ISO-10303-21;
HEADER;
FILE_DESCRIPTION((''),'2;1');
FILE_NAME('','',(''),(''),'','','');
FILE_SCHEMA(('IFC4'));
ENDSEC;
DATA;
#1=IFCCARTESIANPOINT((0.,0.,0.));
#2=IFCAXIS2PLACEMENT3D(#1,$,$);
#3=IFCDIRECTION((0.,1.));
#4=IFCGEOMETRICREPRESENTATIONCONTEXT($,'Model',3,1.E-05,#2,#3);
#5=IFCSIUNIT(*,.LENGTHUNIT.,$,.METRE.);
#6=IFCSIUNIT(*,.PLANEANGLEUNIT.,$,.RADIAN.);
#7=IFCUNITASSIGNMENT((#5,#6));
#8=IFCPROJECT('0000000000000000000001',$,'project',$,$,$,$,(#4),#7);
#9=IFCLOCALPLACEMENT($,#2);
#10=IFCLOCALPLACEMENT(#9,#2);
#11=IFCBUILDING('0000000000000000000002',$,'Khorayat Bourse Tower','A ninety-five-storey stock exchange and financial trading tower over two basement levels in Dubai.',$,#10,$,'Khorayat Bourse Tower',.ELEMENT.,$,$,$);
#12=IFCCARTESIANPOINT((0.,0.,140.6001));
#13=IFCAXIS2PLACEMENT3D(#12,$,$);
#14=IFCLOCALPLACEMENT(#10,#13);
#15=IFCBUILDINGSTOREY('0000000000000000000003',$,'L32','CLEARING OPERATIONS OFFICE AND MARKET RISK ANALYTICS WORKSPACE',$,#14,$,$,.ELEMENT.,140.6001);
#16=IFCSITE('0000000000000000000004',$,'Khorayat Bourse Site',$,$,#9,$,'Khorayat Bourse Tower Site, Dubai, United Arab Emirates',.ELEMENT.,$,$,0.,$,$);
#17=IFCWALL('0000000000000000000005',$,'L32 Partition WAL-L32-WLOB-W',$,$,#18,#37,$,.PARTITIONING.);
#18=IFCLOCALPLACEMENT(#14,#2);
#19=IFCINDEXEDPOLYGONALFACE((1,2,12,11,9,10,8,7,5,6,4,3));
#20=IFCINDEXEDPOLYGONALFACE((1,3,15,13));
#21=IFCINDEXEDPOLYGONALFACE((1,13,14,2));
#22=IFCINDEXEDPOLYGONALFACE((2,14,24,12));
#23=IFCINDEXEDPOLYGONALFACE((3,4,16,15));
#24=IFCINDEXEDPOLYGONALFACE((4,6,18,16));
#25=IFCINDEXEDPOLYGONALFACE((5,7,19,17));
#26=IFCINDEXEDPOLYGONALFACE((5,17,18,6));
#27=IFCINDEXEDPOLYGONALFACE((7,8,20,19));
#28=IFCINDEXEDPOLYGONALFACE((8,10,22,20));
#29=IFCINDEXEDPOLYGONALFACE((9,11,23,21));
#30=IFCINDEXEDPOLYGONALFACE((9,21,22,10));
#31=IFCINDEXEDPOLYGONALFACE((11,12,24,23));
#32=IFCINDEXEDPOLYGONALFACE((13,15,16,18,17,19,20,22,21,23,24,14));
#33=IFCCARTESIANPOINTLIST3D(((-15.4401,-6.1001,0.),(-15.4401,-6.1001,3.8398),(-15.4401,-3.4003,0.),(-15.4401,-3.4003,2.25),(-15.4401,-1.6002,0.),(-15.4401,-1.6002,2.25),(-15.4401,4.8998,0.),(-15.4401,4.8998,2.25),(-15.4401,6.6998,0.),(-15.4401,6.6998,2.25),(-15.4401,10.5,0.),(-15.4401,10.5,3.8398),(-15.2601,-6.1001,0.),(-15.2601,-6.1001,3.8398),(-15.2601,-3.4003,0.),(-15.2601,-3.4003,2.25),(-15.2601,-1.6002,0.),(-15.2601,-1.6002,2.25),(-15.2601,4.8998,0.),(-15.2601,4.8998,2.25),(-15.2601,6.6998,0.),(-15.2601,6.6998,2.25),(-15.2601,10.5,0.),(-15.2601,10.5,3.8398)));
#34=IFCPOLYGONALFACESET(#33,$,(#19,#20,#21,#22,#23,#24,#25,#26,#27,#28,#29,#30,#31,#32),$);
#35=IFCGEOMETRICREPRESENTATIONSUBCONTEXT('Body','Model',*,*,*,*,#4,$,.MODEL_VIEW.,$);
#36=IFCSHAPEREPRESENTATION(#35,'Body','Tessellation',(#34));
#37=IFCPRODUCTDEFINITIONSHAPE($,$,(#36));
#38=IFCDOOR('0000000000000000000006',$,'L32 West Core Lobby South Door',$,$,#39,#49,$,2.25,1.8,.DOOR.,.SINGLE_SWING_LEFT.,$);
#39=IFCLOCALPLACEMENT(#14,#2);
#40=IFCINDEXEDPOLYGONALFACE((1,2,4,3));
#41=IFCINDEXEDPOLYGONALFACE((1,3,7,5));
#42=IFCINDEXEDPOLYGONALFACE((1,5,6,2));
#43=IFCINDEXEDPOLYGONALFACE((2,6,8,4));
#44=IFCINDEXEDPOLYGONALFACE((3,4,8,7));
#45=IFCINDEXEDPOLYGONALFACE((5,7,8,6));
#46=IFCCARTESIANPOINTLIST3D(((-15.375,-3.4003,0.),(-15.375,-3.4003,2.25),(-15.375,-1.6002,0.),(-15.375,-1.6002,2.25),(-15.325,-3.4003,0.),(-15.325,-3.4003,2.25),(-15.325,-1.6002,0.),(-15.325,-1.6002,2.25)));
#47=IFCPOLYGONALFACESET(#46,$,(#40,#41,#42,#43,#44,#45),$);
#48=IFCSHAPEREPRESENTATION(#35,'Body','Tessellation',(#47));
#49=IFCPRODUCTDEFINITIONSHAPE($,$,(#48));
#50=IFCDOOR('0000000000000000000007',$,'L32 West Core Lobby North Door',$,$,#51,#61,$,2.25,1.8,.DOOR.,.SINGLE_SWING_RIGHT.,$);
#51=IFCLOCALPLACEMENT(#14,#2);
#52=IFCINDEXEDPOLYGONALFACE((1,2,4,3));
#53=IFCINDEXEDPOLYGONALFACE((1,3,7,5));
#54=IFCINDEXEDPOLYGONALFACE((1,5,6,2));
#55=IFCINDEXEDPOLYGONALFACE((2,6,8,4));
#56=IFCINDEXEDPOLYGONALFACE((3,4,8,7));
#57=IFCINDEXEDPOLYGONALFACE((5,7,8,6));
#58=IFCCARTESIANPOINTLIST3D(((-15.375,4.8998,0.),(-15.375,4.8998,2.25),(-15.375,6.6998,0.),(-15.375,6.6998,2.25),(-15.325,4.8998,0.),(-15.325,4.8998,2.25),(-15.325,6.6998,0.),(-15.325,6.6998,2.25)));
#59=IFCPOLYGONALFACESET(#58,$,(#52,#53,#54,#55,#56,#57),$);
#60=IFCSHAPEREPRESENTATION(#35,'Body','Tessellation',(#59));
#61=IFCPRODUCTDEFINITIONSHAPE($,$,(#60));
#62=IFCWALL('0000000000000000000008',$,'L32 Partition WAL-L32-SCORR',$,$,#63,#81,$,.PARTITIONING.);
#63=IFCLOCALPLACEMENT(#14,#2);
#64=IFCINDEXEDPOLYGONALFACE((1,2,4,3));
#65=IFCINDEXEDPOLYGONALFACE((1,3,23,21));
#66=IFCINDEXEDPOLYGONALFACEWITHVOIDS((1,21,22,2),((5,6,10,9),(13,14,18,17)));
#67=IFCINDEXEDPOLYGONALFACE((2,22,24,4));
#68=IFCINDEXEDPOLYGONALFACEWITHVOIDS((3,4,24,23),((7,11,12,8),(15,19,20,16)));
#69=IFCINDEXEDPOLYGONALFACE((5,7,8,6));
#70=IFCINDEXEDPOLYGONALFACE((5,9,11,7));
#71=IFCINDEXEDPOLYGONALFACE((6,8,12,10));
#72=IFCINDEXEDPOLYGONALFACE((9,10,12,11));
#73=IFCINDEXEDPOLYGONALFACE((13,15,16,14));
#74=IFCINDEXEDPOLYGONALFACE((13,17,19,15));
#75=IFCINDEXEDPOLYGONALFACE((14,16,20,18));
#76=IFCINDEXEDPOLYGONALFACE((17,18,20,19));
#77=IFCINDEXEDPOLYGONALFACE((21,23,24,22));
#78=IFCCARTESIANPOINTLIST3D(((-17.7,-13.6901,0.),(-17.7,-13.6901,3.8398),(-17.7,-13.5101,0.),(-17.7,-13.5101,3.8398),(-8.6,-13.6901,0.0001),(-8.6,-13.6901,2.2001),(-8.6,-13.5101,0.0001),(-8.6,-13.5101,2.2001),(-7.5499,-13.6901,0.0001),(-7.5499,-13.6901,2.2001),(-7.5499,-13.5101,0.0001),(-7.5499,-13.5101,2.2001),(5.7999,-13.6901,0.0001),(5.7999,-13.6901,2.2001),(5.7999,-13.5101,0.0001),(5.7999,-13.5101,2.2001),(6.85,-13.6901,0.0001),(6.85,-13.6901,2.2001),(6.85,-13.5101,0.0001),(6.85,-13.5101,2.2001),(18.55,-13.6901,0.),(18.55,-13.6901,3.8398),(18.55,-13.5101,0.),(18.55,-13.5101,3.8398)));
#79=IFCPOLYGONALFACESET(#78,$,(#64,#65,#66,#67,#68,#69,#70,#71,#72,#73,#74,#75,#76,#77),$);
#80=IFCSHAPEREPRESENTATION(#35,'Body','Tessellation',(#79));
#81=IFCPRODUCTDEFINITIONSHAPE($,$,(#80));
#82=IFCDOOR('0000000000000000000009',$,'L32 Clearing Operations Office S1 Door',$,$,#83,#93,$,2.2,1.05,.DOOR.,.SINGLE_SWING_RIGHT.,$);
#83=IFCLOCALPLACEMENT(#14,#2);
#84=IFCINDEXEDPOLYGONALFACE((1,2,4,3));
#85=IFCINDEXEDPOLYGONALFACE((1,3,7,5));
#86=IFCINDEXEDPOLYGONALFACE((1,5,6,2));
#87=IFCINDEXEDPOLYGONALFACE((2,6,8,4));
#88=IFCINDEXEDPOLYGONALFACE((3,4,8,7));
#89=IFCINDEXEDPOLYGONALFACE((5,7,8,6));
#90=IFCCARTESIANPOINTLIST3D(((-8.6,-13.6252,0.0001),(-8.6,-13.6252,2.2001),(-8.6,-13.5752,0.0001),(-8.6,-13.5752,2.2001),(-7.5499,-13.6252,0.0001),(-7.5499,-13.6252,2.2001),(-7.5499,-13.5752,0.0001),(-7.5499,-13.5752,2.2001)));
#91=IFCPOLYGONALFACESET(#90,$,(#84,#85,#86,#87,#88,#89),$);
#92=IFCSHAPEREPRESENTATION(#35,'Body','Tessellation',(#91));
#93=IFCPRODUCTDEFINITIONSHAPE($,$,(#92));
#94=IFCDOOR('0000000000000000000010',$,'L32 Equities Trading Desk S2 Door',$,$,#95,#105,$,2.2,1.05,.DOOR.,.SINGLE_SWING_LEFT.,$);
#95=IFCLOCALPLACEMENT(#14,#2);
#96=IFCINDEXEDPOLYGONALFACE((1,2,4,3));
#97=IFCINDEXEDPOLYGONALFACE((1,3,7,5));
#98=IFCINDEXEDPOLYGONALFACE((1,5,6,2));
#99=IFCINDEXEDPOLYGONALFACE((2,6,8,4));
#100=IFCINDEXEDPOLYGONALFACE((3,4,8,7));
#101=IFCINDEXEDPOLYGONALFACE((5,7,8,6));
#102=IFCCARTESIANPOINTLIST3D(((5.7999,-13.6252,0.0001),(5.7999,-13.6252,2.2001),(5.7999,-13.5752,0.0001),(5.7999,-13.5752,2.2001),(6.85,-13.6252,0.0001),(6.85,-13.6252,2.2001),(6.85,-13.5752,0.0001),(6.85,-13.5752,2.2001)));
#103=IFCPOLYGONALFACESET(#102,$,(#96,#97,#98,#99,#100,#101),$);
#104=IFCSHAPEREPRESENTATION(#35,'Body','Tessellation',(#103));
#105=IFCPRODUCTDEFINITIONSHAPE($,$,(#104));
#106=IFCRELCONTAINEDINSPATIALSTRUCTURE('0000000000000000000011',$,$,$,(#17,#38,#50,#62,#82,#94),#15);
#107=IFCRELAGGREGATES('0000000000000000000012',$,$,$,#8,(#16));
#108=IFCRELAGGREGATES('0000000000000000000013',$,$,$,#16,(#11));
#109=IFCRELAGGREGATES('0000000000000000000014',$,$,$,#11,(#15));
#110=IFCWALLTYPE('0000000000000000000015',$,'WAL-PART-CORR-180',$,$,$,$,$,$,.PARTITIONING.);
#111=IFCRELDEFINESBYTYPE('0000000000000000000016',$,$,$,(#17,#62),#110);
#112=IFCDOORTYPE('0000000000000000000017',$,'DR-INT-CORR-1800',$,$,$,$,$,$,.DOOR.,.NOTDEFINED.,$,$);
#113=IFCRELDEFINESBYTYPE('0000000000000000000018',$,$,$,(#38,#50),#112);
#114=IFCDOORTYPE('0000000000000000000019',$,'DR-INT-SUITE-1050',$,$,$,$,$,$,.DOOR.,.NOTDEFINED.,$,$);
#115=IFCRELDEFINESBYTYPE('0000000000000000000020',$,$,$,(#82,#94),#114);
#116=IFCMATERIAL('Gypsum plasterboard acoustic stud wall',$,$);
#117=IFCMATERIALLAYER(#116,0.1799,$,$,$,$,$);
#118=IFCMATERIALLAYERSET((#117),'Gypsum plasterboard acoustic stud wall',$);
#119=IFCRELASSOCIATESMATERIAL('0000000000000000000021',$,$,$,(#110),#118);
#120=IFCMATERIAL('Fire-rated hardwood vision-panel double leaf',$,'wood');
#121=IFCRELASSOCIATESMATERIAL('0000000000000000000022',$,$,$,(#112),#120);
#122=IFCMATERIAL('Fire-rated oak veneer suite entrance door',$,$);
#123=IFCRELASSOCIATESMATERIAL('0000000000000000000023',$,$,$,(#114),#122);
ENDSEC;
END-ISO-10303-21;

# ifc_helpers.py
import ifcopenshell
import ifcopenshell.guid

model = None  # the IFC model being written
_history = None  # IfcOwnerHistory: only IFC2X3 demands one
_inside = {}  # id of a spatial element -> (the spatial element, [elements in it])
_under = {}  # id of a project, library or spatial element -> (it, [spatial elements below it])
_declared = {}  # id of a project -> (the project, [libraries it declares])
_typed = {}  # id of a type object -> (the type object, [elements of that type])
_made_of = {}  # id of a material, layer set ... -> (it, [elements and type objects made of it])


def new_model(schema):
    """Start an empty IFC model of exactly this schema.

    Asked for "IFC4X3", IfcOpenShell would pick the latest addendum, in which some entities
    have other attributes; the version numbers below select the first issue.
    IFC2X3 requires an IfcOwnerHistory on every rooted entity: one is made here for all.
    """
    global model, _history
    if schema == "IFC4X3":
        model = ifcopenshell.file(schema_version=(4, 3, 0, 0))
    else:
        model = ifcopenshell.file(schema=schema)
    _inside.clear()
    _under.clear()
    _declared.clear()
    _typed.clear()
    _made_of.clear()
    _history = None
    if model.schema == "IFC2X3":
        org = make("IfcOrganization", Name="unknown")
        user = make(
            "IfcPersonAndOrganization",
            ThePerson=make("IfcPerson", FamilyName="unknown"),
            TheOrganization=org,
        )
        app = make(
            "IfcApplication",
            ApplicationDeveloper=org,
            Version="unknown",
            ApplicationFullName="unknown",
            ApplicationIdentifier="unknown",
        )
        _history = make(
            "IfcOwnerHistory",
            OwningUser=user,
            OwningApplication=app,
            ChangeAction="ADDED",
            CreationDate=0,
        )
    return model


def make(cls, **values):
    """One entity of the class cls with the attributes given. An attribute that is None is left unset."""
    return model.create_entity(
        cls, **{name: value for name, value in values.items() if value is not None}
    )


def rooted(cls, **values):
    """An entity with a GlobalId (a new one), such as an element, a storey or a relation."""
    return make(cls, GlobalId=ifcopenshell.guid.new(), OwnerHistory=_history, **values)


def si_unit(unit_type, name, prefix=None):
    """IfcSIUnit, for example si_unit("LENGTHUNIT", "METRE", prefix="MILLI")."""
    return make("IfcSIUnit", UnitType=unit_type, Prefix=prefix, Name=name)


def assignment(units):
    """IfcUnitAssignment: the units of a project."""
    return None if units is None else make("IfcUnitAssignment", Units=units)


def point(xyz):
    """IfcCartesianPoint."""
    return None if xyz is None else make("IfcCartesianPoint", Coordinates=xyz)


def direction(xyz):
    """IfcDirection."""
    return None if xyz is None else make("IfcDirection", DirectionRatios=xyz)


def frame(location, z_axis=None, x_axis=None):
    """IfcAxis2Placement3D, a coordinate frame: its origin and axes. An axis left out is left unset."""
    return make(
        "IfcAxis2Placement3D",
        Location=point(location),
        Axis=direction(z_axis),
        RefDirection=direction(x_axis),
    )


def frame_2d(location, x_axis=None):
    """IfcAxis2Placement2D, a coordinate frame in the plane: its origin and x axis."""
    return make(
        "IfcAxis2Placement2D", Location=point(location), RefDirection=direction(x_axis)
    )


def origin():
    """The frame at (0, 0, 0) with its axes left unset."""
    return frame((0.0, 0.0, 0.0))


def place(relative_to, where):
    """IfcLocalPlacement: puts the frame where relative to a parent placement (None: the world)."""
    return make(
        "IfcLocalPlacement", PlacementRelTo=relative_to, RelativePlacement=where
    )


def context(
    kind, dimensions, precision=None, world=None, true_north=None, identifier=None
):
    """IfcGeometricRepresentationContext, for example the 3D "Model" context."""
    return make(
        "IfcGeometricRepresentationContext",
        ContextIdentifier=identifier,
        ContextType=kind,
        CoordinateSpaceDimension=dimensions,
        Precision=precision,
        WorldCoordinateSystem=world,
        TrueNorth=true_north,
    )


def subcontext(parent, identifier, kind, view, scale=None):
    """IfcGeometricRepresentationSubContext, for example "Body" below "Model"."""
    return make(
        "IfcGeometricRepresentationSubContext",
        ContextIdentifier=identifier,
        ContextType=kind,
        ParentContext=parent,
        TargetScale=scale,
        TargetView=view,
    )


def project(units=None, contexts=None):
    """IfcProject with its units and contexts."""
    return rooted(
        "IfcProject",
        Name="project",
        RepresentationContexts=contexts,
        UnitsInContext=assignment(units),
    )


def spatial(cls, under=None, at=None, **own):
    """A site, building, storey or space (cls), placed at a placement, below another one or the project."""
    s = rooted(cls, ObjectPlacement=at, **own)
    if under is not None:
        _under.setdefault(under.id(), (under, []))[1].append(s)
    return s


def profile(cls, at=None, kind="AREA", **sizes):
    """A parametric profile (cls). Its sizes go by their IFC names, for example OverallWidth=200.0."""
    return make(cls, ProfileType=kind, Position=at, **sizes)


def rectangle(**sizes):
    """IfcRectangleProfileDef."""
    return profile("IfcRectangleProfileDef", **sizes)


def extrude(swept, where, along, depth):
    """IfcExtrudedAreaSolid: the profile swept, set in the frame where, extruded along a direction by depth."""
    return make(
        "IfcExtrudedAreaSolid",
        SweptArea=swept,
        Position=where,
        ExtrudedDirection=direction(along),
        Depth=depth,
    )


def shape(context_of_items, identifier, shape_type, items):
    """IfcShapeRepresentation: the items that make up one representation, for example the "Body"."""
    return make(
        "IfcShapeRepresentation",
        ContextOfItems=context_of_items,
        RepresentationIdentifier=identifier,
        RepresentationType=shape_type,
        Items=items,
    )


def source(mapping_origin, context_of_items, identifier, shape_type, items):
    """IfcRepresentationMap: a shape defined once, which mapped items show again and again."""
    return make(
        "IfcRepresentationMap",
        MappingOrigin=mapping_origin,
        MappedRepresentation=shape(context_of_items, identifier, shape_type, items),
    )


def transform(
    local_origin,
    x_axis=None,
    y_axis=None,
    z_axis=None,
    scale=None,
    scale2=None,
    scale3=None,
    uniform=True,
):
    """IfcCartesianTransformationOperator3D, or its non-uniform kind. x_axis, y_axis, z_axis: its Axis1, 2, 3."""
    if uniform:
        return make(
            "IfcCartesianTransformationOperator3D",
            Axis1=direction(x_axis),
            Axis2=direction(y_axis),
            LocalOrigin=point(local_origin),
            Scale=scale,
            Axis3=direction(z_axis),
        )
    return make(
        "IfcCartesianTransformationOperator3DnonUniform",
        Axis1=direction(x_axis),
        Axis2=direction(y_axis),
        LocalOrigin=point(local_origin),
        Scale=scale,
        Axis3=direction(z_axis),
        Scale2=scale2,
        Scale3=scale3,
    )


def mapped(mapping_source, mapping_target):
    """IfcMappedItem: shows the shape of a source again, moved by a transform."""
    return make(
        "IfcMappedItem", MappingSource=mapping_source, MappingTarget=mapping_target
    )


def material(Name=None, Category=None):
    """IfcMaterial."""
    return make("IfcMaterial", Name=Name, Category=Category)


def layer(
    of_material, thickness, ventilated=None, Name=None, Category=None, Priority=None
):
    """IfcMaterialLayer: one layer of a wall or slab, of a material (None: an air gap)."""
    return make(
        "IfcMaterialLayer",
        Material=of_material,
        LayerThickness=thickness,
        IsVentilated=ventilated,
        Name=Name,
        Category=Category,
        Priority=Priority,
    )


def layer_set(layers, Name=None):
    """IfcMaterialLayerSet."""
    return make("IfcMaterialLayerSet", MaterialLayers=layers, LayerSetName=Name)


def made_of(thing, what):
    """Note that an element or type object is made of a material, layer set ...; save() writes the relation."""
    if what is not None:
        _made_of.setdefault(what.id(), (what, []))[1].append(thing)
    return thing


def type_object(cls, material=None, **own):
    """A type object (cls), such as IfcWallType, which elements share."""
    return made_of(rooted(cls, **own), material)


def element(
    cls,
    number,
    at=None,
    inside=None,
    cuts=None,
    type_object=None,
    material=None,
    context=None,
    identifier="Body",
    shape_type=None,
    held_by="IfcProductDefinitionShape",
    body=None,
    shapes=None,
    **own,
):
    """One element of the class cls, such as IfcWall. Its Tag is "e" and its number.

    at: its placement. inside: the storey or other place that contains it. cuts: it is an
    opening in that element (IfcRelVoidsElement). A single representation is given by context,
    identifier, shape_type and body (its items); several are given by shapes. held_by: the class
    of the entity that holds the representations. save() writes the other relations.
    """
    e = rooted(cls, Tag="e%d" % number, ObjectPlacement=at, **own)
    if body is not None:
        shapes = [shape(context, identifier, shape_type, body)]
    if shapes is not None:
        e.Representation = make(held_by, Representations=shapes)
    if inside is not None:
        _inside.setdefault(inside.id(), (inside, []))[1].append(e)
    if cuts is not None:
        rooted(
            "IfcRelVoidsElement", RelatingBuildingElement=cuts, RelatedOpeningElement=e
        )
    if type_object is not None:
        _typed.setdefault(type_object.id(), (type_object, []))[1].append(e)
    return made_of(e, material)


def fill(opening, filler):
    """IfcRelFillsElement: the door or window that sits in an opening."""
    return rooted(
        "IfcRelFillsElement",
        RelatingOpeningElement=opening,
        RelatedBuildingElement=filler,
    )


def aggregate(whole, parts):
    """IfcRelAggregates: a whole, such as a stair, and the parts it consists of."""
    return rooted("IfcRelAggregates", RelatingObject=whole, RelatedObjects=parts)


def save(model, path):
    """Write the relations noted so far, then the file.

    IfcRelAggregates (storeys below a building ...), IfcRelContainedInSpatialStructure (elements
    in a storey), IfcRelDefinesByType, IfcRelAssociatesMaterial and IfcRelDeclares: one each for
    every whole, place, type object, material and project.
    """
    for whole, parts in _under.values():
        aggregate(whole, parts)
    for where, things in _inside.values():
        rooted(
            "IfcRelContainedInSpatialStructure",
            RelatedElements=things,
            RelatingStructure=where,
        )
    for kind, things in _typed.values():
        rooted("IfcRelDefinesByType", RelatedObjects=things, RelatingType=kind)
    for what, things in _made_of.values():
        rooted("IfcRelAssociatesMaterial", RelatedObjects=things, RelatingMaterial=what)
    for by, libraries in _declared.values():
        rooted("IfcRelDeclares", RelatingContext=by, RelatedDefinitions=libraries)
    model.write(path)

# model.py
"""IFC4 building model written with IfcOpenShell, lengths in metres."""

from ifc_helpers import new_model, si_unit, direction, frame, frame_2d, origin, place, context, subcontext, project, spatial, rectangle, extrude, source, transform, mapped, material, layer, layer_set, type_object, element, fill, save


model = new_model("IFC4")

# Units and contexts
model_context = context("Model", 3, precision=1e-05, world=origin(), true_north=direction((0.0, 1.0)))
body_context = subcontext(model_context, "Body", "Model", "MODEL_VIEW")
ifc_project = project(units=[si_unit("LENGTHUNIT", "METRE"), si_unit("PLANEANGLEUNIT", "RADIAN")], contexts=[model_context])

# Site, building, storey
site_placement = place(None, origin())
site = spatial("IfcSite", under=ifc_project, at=site_placement, Name="Khorayat Bourse Site", LongName="Khorayat Bourse Tower Site, Dubai, United Arab Emirates", CompositionType="ELEMENT", RefElevation=0.0)
building_placement = place(site_placement, origin())
building = spatial("IfcBuilding", under=site, at=building_placement, Name="Khorayat Bourse Tower", Description="A ninety-five-storey stock exchange and financial trading tower over two basement levels in Dubai.", LongName="Khorayat Bourse Tower", CompositionType="ELEMENT")
storey_placement = place(building_placement, frame((0.0, 0.0, 140.6001)))
storey = spatial("IfcBuildingStorey", under=building, at=storey_placement, Name="L32", Description="CLEARING OPERATIONS OFFICE AND MARKET RISK ANALYTICS WORKSPACE", CompositionType="ELEMENT", Elevation=140.6001)

# Walls, openings, doors
ifc_material_1 = material(Name="Gypsum plasterboard acoustic stud wall")
ifc_layer_1 = layer(ifc_material_1, 0.1799)
ifc_layer_set_1 = layer_set([ifc_layer_1], Name="Gypsum plasterboard acoustic stud wall")
wall_type_1 = type_object("IfcWallType", Name="WAL-PART-CORR-180", PredefinedType="PARTITIONING", material=ifc_layer_set_1)
shared_shape_1 = source(origin(), body_context, "Body", "SweptSolid", [
    extrude(rectangle(XDim=16.6001, YDim=0.1799, at=frame_2d((8.3, 0.0))), origin(), (0.0, 0.0, 1.0), 3.8398),
])
wall_1_placement = place(storey_placement, frame((-15.3501, -6.1001, 0.0), z_axis=(0.0, 0.0, 1.0), x_axis=(0.0, 1.0, 0.0)))
wall_1 = element("IfcWall", 1, at=wall_1_placement, inside=storey, type_object=wall_type_1, Name="L32 Partition WAL-L32-WLOB-W", PredefinedType="PARTITIONING", context=body_context, shape_type="MappedRepresentation", body=[
    mapped(shared_shape_1, transform((0.0, 0.0, 0.0), scale=1.0)),
])
shared_shape_2 = source(origin(), body_context, "Body", "SweptSolid", [
    extrude(rectangle(XDim=1.8, YDim=2.25, at=frame_2d((0.8999, 1.125))), frame((0.0, 0.0999, 0.0), z_axis=(0.0, -1.0, 0.0), x_axis=(1.0, 0.0, 0.0)), (0.0, 0.0, 1.0), 0.2),
])
opening_1_placement = place(wall_1_placement, frame((2.7, 0.0, 0.0)))
opening_1 = element("IfcOpeningElement", 2, at=opening_1_placement, cuts=wall_1, PredefinedType="OPENING", context=body_context, shape_type="MappedRepresentation", body=[
    mapped(shared_shape_2, transform((0.0, 0.0, 0.0), scale=1.0)),
])
opening_2_placement = place(wall_1_placement, frame((11.0, 0.0, 0.0)))
opening_2 = element("IfcOpeningElement", 3, at=opening_2_placement, cuts=wall_1, PredefinedType="OPENING", context=body_context, shape_type="MappedRepresentation", body=[
    mapped(shared_shape_2, transform((0.0, 0.0, 0.0), scale=1.0)),
])
ifc_material_2 = material(Name="Fire-rated hardwood vision-panel double leaf", Category="wood")
door_type_1 = type_object("IfcDoorType", Name="DR-INT-CORR-1800", OperationType="NOTDEFINED", PredefinedType="DOOR", material=ifc_material_2)
shared_shape_3 = source(origin(), body_context, "Body", "SweptSolid", [
    extrude(rectangle(XDim=1.8, YDim=2.25, at=frame_2d((0.8999, 1.125))), frame((0.0, 0.0249, 0.0), z_axis=(0.0, -1.0, 0.0), x_axis=(1.0, 0.0, 0.0)), (0.0, 0.0, 1.0), 0.05),
])
door_1_placement = place(opening_1_placement, origin())
door_1 = element("IfcDoor", 4, at=door_1_placement, inside=storey, type_object=door_type_1, Name="L32 West Core Lobby South Door", OperationType="SINGLE_SWING_LEFT", OverallHeight=2.25, OverallWidth=1.8, PredefinedType="DOOR", context=body_context, shape_type="MappedRepresentation", body=[
    mapped(shared_shape_3, transform((0.0, 0.0, 0.0), scale=1.0)),
])
fill(opening_1, door_1)
door_2_placement = place(opening_2_placement, origin())
door_2 = element("IfcDoor", 5, at=door_2_placement, inside=storey, type_object=door_type_1, Name="L32 West Core Lobby North Door", OperationType="SINGLE_SWING_RIGHT", OverallHeight=2.25, OverallWidth=1.8, PredefinedType="DOOR", context=body_context, shape_type="MappedRepresentation", body=[
    mapped(shared_shape_3, transform((0.0, 0.0, 0.0), scale=1.0)),
])
fill(opening_2, door_2)
shared_shape_4 = source(origin(), body_context, "Body", "SweptSolid", [
    extrude(rectangle(XDim=36.25, YDim=0.1799, at=frame_2d((18.125, 0.0))), origin(), (0.0, 0.0, 1.0), 3.8398),
])
wall_2_placement = place(storey_placement, frame((-17.7, -13.6001, 0.0), z_axis=(0.0, 0.0, 1.0), x_axis=(1.0, 0.0, 0.0)))
wall_2 = element("IfcWall", 6, at=wall_2_placement, inside=storey, type_object=wall_type_1, Name="L32 Partition WAL-L32-SCORR", PredefinedType="PARTITIONING", context=body_context, shape_type="MappedRepresentation", body=[
    mapped(shared_shape_4, transform((0.0, 0.0, 0.0), scale=1.0)),
])
shared_shape_5 = source(origin(), body_context, "Body", "SweptSolid", [
    extrude(rectangle(XDim=1.05, YDim=2.2, at=frame_2d((0.5249, 1.1001))), frame((0.0, 0.0999, 0.0), z_axis=(0.0, -1.0, 0.0), x_axis=(1.0, 0.0, 0.0)), (0.0, 0.0, 1.0), 0.2),
])
opening_3_placement = place(wall_2_placement, frame((9.1001, 0.0, 0.0)))
opening_3 = element("IfcOpeningElement", 7, at=opening_3_placement, cuts=wall_2, PredefinedType="OPENING", context=body_context, shape_type="MappedRepresentation", body=[
    mapped(shared_shape_5, transform((0.0, 0.0, 0.0), scale=1.0)),
])
opening_4_placement = place(wall_2_placement, frame((23.5, 0.0, 0.0)))
opening_4 = element("IfcOpeningElement", 8, at=opening_4_placement, cuts=wall_2, PredefinedType="OPENING", context=body_context, shape_type="MappedRepresentation", body=[
    mapped(shared_shape_5, transform((0.0, 0.0, 0.0), scale=1.0)),
])
ifc_material_3 = material(Name="Fire-rated oak veneer suite entrance door")
door_type_2 = type_object("IfcDoorType", Name="DR-INT-SUITE-1050", OperationType="NOTDEFINED", PredefinedType="DOOR", material=ifc_material_3)
shared_shape_6 = source(origin(), body_context, "Body", "SweptSolid", [
    extrude(rectangle(XDim=1.05, YDim=2.2, at=frame_2d((0.5249, 1.1001))), frame((0.0, 0.0249, 0.0), z_axis=(0.0, -1.0, 0.0), x_axis=(1.0, 0.0, 0.0)), (0.0, 0.0, 1.0), 0.05),
])
door_3_placement = place(opening_3_placement, origin())
door_3 = element("IfcDoor", 9, at=door_3_placement, inside=storey, type_object=door_type_2, Name="L32 Clearing Operations Office S1 Door", OperationType="SINGLE_SWING_RIGHT", OverallHeight=2.2, OverallWidth=1.05, PredefinedType="DOOR", context=body_context, shape_type="MappedRepresentation", body=[
    mapped(shared_shape_6, transform((0.0, 0.0, 0.0), scale=1.0)),
])
fill(opening_3, door_3)
door_4_placement = place(opening_4_placement, origin())
door_4 = element("IfcDoor", 10, at=door_4_placement, inside=storey, type_object=door_type_2, Name="L32 Equities Trading Desk S2 Door", OperationType="SINGLE_SWING_LEFT", OverallHeight=2.2, OverallWidth=1.05, PredefinedType="DOOR", context=body_context, shape_type="MappedRepresentation", body=[
    mapped(shared_shape_6, transform((0.0, 0.0, 0.0), scale=1.0)),
])
fill(opening_4, door_4)

save(model, "model.ifc")
